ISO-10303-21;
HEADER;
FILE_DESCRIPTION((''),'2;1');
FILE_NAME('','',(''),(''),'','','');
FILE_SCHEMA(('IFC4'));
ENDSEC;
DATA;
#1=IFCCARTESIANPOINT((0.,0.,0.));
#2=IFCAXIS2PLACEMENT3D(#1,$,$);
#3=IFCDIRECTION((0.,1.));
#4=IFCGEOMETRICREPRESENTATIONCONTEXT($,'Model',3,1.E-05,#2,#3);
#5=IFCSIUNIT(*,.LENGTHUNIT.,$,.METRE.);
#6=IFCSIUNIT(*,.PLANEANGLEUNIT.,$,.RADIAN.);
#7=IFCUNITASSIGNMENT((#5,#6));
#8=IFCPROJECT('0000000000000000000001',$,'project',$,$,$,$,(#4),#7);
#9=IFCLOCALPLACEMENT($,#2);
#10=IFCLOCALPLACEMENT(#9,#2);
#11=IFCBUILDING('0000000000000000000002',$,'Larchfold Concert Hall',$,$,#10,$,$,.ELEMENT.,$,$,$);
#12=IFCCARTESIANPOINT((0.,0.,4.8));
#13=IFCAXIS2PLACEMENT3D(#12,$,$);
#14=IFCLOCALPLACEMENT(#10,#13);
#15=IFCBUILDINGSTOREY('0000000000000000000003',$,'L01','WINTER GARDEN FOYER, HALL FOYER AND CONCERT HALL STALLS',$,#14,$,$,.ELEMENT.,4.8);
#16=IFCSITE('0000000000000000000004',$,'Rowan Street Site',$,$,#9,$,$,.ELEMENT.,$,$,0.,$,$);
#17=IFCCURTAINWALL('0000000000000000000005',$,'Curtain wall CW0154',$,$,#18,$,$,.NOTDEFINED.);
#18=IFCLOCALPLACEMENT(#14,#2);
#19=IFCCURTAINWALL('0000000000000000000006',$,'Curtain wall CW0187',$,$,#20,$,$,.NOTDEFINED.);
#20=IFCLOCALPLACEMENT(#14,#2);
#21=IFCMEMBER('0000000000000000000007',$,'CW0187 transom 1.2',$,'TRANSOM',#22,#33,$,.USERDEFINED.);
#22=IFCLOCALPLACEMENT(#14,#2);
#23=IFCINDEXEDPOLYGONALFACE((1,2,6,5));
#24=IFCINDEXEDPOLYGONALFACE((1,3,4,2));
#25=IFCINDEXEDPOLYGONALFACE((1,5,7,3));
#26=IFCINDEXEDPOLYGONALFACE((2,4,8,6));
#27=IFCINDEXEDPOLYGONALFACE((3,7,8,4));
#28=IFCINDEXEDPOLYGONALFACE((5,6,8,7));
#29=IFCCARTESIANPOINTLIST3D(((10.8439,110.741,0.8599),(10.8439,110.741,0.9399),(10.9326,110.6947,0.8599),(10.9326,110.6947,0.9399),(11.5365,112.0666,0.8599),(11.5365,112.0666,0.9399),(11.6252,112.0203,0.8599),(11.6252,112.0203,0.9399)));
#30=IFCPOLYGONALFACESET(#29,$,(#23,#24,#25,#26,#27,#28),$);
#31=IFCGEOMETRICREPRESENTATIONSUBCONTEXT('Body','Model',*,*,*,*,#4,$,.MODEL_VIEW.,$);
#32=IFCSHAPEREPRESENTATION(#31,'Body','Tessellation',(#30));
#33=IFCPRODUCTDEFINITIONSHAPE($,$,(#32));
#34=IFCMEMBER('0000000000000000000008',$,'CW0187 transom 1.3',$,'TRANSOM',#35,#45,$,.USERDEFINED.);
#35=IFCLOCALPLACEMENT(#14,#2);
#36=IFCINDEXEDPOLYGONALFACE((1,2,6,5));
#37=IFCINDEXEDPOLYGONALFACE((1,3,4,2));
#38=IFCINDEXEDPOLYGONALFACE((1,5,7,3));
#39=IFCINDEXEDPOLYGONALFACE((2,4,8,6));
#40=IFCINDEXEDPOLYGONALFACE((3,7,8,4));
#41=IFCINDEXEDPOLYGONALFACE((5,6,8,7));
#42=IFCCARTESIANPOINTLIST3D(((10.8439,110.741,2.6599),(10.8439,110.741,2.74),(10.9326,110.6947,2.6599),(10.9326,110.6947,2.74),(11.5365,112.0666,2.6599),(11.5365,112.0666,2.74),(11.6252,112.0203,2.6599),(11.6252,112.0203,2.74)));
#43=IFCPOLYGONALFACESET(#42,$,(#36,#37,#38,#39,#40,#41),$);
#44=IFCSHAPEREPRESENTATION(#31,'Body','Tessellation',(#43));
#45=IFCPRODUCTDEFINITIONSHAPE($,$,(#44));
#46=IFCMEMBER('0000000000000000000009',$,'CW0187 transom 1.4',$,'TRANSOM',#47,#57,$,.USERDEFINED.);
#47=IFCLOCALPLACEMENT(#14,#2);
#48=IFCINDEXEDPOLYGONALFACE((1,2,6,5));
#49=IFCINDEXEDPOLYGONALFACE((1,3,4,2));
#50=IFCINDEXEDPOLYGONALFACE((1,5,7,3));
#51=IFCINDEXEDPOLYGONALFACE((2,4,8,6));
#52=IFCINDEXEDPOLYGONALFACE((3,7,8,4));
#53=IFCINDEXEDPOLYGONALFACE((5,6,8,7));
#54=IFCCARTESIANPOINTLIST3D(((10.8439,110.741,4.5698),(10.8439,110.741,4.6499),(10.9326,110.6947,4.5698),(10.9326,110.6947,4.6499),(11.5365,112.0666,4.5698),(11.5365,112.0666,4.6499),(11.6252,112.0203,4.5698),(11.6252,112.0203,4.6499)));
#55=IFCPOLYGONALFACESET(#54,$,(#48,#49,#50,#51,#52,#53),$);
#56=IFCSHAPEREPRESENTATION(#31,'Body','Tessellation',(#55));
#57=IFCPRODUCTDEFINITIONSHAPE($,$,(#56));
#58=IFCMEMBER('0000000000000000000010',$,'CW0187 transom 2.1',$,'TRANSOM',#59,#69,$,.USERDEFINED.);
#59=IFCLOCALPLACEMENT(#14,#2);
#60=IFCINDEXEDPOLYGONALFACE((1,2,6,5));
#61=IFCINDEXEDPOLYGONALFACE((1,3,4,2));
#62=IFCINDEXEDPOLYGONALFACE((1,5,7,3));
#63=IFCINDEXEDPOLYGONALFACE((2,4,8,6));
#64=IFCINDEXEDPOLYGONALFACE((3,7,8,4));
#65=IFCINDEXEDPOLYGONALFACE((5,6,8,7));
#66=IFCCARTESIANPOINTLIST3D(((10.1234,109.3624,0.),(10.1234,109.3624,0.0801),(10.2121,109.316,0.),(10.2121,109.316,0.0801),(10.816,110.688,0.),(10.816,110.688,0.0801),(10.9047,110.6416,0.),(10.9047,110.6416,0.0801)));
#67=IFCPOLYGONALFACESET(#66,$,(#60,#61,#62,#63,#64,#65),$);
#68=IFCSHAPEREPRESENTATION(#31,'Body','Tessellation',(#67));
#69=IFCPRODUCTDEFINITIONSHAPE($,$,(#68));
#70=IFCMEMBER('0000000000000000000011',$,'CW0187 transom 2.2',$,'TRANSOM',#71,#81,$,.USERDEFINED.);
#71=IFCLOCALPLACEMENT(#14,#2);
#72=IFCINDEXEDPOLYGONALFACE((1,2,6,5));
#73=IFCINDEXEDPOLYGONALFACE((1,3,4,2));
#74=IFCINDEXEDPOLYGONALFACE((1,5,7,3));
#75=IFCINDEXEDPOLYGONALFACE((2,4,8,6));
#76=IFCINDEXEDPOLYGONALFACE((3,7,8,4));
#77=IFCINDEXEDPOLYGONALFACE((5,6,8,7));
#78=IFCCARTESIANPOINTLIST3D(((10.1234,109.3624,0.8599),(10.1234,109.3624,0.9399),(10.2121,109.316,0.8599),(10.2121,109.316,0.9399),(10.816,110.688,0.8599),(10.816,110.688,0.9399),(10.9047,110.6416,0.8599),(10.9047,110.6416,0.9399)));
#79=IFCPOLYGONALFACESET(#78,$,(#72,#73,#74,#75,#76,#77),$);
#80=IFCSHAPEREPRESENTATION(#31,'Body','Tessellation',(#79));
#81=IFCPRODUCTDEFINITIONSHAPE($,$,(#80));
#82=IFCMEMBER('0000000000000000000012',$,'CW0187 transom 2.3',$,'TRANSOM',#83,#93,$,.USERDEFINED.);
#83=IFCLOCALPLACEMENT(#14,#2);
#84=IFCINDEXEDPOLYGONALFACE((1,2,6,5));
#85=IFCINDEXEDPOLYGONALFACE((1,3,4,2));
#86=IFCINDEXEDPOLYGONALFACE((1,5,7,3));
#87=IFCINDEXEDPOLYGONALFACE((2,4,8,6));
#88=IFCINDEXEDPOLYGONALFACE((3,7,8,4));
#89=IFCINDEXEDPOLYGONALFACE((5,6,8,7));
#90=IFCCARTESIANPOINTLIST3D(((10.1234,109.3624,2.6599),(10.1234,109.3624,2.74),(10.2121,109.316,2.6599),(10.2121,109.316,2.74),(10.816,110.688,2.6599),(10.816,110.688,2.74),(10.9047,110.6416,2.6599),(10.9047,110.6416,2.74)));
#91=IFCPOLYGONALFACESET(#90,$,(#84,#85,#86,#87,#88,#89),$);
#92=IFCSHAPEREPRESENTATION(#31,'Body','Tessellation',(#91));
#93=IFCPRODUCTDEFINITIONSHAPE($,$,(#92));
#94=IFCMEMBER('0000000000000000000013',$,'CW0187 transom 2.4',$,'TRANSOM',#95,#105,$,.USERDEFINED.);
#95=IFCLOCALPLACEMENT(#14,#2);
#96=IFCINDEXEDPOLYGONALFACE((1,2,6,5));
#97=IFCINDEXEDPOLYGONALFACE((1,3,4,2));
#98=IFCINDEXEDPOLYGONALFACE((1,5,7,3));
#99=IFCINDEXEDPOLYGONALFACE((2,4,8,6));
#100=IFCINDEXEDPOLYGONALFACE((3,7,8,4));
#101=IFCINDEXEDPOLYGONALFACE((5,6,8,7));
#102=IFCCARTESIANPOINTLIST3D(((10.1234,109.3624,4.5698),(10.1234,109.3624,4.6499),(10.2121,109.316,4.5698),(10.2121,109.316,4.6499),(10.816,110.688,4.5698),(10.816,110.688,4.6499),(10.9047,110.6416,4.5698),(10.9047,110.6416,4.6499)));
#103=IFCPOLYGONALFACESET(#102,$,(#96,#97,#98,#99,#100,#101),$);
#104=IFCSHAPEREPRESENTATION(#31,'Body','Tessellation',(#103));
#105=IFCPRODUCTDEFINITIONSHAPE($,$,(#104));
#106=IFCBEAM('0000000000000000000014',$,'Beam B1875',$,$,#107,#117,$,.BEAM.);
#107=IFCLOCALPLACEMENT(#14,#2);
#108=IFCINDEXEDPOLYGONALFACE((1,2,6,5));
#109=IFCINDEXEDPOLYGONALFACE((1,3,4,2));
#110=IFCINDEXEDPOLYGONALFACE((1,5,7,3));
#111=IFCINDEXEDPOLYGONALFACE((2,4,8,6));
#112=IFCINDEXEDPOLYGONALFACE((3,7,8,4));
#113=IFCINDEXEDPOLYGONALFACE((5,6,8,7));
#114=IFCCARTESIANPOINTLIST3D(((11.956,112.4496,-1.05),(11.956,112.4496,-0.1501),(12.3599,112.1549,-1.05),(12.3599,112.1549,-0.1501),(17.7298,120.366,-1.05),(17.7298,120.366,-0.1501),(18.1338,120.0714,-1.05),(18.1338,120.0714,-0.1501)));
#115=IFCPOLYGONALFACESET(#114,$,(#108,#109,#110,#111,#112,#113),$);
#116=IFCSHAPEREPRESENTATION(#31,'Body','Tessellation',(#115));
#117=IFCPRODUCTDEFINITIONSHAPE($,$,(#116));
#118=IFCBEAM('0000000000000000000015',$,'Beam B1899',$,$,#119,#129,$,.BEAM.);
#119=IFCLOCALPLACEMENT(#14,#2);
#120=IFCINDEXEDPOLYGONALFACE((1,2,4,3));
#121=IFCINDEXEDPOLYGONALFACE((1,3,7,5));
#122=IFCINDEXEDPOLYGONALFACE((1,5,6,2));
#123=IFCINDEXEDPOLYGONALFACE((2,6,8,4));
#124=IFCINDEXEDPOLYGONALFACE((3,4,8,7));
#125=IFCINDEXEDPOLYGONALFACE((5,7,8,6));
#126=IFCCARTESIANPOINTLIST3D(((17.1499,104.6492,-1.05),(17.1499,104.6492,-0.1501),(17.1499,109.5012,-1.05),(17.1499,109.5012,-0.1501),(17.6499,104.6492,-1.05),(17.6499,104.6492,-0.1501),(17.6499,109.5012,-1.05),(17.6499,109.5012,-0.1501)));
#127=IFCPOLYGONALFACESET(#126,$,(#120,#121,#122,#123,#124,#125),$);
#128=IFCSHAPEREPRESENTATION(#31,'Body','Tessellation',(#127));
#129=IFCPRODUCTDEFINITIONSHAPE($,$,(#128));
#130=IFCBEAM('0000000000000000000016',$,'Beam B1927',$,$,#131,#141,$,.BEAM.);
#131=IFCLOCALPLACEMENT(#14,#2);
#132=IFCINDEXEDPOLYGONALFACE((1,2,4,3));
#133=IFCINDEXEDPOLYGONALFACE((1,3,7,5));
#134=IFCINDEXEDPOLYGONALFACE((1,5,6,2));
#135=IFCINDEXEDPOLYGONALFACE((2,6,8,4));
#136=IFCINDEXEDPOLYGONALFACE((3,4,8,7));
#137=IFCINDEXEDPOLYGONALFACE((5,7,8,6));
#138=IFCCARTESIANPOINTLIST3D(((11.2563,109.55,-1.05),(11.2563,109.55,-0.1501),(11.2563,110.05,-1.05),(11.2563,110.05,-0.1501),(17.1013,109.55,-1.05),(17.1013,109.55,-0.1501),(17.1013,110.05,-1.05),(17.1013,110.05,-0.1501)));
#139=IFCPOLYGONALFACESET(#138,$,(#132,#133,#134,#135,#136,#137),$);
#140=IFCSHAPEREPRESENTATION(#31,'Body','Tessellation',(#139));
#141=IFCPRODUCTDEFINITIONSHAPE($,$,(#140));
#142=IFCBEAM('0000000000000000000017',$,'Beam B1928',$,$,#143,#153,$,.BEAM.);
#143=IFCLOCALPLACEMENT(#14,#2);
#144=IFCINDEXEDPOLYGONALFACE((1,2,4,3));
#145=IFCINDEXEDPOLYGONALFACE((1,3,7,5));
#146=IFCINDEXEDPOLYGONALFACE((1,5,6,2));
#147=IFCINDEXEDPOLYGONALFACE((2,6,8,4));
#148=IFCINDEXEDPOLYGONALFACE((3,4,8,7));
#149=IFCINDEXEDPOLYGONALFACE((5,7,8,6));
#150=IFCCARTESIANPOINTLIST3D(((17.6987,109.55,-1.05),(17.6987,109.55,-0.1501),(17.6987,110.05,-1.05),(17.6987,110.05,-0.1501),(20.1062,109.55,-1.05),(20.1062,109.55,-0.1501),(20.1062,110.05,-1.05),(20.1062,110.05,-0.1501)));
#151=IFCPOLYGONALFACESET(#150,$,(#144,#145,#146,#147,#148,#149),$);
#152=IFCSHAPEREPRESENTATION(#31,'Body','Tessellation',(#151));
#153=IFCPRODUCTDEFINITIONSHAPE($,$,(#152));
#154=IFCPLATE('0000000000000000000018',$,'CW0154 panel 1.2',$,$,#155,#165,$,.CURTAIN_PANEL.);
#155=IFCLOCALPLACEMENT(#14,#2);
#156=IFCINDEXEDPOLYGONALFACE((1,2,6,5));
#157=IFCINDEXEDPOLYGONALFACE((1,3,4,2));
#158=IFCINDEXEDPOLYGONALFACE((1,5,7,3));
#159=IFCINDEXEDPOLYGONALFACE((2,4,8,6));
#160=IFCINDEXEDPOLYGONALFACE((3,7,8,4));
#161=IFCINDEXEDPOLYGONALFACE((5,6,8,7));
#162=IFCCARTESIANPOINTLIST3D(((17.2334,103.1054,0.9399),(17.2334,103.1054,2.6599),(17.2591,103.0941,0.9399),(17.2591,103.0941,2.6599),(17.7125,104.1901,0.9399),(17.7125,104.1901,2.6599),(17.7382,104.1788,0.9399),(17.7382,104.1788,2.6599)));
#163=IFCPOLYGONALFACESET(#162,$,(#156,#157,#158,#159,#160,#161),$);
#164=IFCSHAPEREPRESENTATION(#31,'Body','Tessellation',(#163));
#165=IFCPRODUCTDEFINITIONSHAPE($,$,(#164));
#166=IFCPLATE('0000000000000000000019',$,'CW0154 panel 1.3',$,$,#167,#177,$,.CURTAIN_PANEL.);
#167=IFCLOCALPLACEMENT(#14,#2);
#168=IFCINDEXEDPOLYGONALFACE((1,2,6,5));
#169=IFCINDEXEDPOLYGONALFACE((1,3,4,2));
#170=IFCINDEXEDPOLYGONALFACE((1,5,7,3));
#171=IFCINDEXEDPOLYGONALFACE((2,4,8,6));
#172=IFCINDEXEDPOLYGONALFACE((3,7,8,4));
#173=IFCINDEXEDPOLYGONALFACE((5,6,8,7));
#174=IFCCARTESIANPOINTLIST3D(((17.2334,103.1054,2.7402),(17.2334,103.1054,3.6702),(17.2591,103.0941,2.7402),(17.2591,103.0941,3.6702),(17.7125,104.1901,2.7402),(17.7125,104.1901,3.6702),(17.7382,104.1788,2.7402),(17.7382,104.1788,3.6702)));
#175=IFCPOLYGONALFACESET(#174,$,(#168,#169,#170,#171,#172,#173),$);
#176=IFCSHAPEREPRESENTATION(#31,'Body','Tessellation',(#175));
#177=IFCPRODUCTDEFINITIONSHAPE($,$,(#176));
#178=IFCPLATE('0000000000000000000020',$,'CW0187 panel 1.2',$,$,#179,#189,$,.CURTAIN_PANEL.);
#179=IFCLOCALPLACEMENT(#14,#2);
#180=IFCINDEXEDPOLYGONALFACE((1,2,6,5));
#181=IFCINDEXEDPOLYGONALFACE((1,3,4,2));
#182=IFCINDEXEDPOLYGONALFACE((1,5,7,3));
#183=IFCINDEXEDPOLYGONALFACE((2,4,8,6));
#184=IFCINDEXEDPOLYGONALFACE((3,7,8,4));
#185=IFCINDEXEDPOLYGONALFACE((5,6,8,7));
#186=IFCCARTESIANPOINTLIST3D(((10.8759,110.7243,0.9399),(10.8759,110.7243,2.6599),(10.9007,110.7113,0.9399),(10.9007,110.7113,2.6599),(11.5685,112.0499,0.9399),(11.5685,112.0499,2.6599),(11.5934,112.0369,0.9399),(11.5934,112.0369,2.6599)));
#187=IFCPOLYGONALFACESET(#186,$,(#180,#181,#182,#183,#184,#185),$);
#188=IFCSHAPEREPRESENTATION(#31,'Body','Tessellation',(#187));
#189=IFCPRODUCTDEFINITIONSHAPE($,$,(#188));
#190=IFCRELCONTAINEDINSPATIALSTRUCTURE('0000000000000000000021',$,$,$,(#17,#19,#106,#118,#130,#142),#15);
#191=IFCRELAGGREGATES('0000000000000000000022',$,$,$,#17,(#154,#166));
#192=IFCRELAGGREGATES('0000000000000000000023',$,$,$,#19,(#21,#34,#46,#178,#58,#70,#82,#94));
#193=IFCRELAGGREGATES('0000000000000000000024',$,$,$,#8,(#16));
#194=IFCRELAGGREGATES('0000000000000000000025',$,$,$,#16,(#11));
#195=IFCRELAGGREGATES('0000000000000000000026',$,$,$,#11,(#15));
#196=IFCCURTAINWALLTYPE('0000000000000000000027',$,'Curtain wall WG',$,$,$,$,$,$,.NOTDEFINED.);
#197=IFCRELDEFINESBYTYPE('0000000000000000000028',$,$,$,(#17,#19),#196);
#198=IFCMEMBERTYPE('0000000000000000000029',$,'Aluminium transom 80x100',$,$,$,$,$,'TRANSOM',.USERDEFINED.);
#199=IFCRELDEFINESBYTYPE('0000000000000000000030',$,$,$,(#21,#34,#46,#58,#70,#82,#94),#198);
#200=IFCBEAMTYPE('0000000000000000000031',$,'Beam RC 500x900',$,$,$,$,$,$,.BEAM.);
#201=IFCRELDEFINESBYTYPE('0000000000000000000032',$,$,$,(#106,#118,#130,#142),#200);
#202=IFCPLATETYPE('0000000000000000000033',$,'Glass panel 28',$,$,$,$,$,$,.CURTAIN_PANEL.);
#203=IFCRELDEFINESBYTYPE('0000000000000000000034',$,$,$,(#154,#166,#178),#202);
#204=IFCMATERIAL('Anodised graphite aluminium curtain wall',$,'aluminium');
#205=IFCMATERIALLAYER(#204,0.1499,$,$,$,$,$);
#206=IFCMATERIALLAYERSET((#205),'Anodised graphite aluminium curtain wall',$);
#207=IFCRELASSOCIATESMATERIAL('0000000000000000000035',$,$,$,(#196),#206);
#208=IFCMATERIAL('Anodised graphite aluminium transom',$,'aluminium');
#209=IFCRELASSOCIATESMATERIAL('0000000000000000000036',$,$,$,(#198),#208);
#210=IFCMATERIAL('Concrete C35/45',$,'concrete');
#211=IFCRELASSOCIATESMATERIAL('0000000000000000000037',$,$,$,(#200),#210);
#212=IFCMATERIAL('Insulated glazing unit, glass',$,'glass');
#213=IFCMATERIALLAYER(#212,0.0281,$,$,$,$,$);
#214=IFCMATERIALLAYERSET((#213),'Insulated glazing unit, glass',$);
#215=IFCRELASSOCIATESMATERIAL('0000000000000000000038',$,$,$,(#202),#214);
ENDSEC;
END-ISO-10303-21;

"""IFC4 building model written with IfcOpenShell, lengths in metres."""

from ifc_helpers import new_model, si_unit, direction, frame, origin, origin_2d, place, context, subcontext, project, spatial, rectangle, extrude, material, layer, layer_set, material_profile, profile_set, type_object, element, aggregate, save


model = new_model("IFC4")

# Units and contexts
model_context = context("Model", 3, precision=1e-05, world=origin(), true_north=direction((0.0, 1.0)))
body_context = subcontext(model_context, "Body", "Model", "MODEL_VIEW")
ifc_project = project(units=[si_unit("LENGTHUNIT", "METRE"), si_unit("PLANEANGLEUNIT", "RADIAN")], contexts=[model_context])

# Site, building, storey
site_placement = place(None, origin())
site = spatial("IfcSite", under=ifc_project, at=site_placement, Name="Rowan Street Site", CompositionType="ELEMENT", RefElevation=0.0)
building_placement = place(site_placement, origin())
building = spatial("IfcBuilding", under=site, at=building_placement, Name="Larchfold Concert Hall", CompositionType="ELEMENT")
storey_placement = place(building_placement, frame((0.0, 0.0, 4.8)))
storey = spatial("IfcBuildingStorey", under=building, at=storey_placement, Name="L01", Description="WINTER GARDEN FOYER, HALL FOYER AND CONCERT HALL STALLS", CompositionType="ELEMENT", Elevation=4.8)

# Curtain wall
ifc_material_1 = material(Name="Anodised graphite aluminium curtain wall", Category="aluminium")
ifc_layer_1 = layer(ifc_material_1, 0.1499)
ifc_layer_set_1 = layer_set([ifc_layer_1], Name="Anodised graphite aluminium curtain wall")
curtain_wall_type = type_object("IfcCurtainWallType", Name="Curtain wall WG", PredefinedType="NOTDEFINED", material=ifc_layer_set_1)
curtain_wall_1_placement = place(storey_placement, origin())
curtain_wall_1 = element("IfcCurtainWall", 1, at=curtain_wall_1_placement, inside=storey, type_object=curtain_wall_type, Name="Curtain wall CW0154", PredefinedType="NOTDEFINED")

# Curtain wall
curtain_wall_2_placement = place(storey_placement, origin())
curtain_wall_2 = element("IfcCurtainWall", 2, at=curtain_wall_2_placement, inside=storey, type_object=curtain_wall_type, Name="Curtain wall CW0187", PredefinedType="NOTDEFINED")

# Members
ifc_material_2 = material(Name="Anodised graphite aluminium transom", Category="aluminium")
ifc_material_profile_1 = material_profile(ifc_material_2, rectangle(XDim=0.1001, YDim=0.0801, at=origin_2d()))
ifc_profile_set_1 = profile_set([ifc_material_profile_1], Name="Anodised graphite aluminium transom")
member_type_1 = type_object("IfcMemberType", Name="Aluminium transom 80x100", ElementType="TRANSOM", PredefinedType="USERDEFINED", material=ifc_profile_set_1)
member_1_placement = place(storey_placement, frame((11.5808, 112.0435, 0.8999), z_axis=(-0.463074, -0.88632, 0.0), x_axis=(0.88632, -0.463074, 0.0)))
member_1 = element("IfcMember", 3, at=member_1_placement, type_object=member_type_1, Name="CW0187 transom 1.2", ObjectType="TRANSOM", PredefinedType="USERDEFINED", context=body_context, shape_type="SweptSolid", body=[
    extrude(rectangle(XDim=0.1001, YDim=0.0801, at=origin_2d()), origin(), (0.0, 0.0, 1.0), 1.4956),
])
member_2_placement = place(storey_placement, frame((11.5808, 112.0435, 2.7), z_axis=(-0.463074, -0.88632, 0.0), x_axis=(0.88632, -0.463074, 0.0)))
member_2 = element("IfcMember", 4, at=member_2_placement, type_object=member_type_1, Name="CW0187 transom 1.3", ObjectType="TRANSOM", PredefinedType="USERDEFINED", context=body_context, shape_type="SweptSolid", body=[
    extrude(rectangle(XDim=0.1001, YDim=0.0801, at=origin_2d()), origin(), (0.0, 0.0, 1.0), 1.4956),
])
member_3_placement = place(storey_placement, frame((11.5808, 112.0435, 4.6099), z_axis=(-0.463074, -0.88632, 0.0), x_axis=(0.88632, -0.463074, 0.0)))
member_3 = element("IfcMember", 5, at=member_3_placement, type_object=member_type_1, Name="CW0187 transom 1.4", ObjectType="TRANSOM", PredefinedType="USERDEFINED", context=body_context, shape_type="SweptSolid", body=[
    extrude(rectangle(XDim=0.1001, YDim=0.0801, at=origin_2d()), origin(), (0.0, 0.0, 1.0), 1.4956),
])
member_4_placement = place(storey_placement, frame((10.8604, 110.6648, 0.04), z_axis=(-0.463074, -0.88632, 0.0), x_axis=(0.88632, -0.463074, 0.0)))
member_4 = element("IfcMember", 6, at=member_4_placement, type_object=member_type_1, Name="CW0187 transom 2.1", ObjectType="TRANSOM", PredefinedType="USERDEFINED", context=body_context, shape_type="SweptSolid", body=[
    extrude(rectangle(XDim=0.1001, YDim=0.0801, at=origin_2d()), origin(), (0.0, 0.0, 1.0), 1.4956),
])
member_5_placement = place(storey_placement, frame((10.8604, 110.6648, 0.8999), z_axis=(-0.463074, -0.88632, 0.0), x_axis=(0.88632, -0.463074, 0.0)))
member_5 = element("IfcMember", 7, at=member_5_placement, type_object=member_type_1, Name="CW0187 transom 2.2", ObjectType="TRANSOM", PredefinedType="USERDEFINED", context=body_context, shape_type="SweptSolid", body=[
    extrude(rectangle(XDim=0.1001, YDim=0.0801, at=origin_2d()), origin(), (0.0, 0.0, 1.0), 1.4956),
])
member_6_placement = place(storey_placement, frame((10.8604, 110.6648, 2.7), z_axis=(-0.463074, -0.88632, 0.0), x_axis=(0.88632, -0.463074, 0.0)))
member_6 = element("IfcMember", 8, at=member_6_placement, type_object=member_type_1, Name="CW0187 transom 2.3", ObjectType="TRANSOM", PredefinedType="USERDEFINED", context=body_context, shape_type="SweptSolid", body=[
    extrude(rectangle(XDim=0.1001, YDim=0.0801, at=origin_2d()), origin(), (0.0, 0.0, 1.0), 1.4956),
])
member_7_placement = place(storey_placement, frame((10.8604, 110.6648, 4.6099), z_axis=(-0.463074, -0.88632, 0.0), x_axis=(0.88632, -0.463074, 0.0)))
member_7 = element("IfcMember", 9, at=member_7_placement, type_object=member_type_1, Name="CW0187 transom 2.4", ObjectType="TRANSOM", PredefinedType="USERDEFINED", context=body_context, shape_type="SweptSolid", body=[
    extrude(rectangle(XDim=0.1001, YDim=0.0801, at=origin_2d()), origin(), (0.0, 0.0, 1.0), 1.4956),
])

# Beams
ifc_material_3 = material(Name="Concrete C35/45", Category="concrete")
ifc_material_profile_2 = material_profile(ifc_material_3, rectangle(XDim=0.5, YDim=0.8999, at=origin_2d()))
ifc_profile_set_2 = profile_set([ifc_material_profile_2], Name="Concrete C35/45")
beam_type = type_object("IfcBeamType", Name="Beam RC 500x900", PredefinedType="BEAM", material=ifc_profile_set_2)
beam_1_placement = place(storey_placement, frame((12.158, 112.3022, -0.6001), z_axis=(0.58927, 0.807936, 0.0), x_axis=(-0.807936, 0.58927, 0.0)))
element("IfcBeam", 10, at=beam_1_placement, inside=storey, type_object=beam_type, Name="Beam B1875", PredefinedType="BEAM", context=body_context, shape_type="SweptSolid", body=[
    extrude(rectangle(XDim=0.5, YDim=0.8999, at=origin_2d()), origin(), (0.0, 0.0, 1.0), 9.7983),
])
beam_2_placement = place(storey_placement, frame((17.3999, 104.6492, -0.6001), z_axis=(0.0, 1.0, 0.0), x_axis=(-1.0, 0.0, 0.0)))
element("IfcBeam", 11, at=beam_2_placement, inside=storey, type_object=beam_type, Name="Beam B1899", PredefinedType="BEAM", context=body_context, shape_type="SweptSolid", body=[
    extrude(rectangle(XDim=0.5, YDim=0.8999, at=origin_2d()), origin(), (0.0, 0.0, 1.0), 4.8521),
])
beam_3_placement = place(storey_placement, frame((11.2563, 109.8, -0.6001), z_axis=(1.0, 0.0, 0.0), x_axis=(0.0, 1.0, 0.0)))
element("IfcBeam", 12, at=beam_3_placement, inside=storey, type_object=beam_type, Name="Beam B1927", PredefinedType="BEAM", context=body_context, shape_type="SweptSolid", body=[
    extrude(rectangle(XDim=0.5, YDim=0.8999, at=origin_2d()), origin(), (0.0, 0.0, 1.0), 5.845),
])
beam_4_placement = place(storey_placement, frame((17.6987, 109.8, -0.6001), z_axis=(1.0, 0.0, 0.0), x_axis=(0.0, 1.0, 0.0)))
element("IfcBeam", 13, at=beam_4_placement, inside=storey, type_object=beam_type, Name="Beam B1928", PredefinedType="BEAM", context=body_context, shape_type="SweptSolid", body=[
    extrude(rectangle(XDim=0.5, YDim=0.8999, at=origin_2d()), origin(), (0.0, 0.0, 1.0), 2.4075),
])

# Plates
ifc_material_4 = material(Name="Insulated glazing unit, glass", Category="glass")
ifc_layer_2 = layer(ifc_material_4, 0.0281)
ifc_layer_set_2 = layer_set([ifc_layer_2], Name="Insulated glazing unit, glass")
plate_type_1 = type_object("IfcPlateType", Name="Glass panel 28", PredefinedType="CURTAIN_PANEL", material=ifc_layer_set_2)
plate_1_placement = place(storey_placement, frame((17.4858, 103.6421, 0.9399), z_axis=(0.0, 0.0, 1.0), x_axis=(0.404034, 0.914744, 0.0)))
plate_1 = element("IfcPlate", 14, at=plate_1_placement, type_object=plate_type_1, Name="CW0154 panel 1.2", PredefinedType="CURTAIN_PANEL", context=body_context, shape_type="SweptSolid", body=[
    extrude(rectangle(XDim=1.1858, YDim=0.0281, at=origin_2d()), origin(), (0.0, 0.0, 1.0), 1.72),
])
plate_2_placement = place(storey_placement, frame((17.4858, 103.6421, 2.7402), z_axis=(0.0, 0.0, 1.0), x_axis=(0.404034, 0.914744, 0.0)))
plate_2 = element("IfcPlate", 15, at=plate_2_placement, type_object=plate_type_1, Name="CW0154 panel 1.3", PredefinedType="CURTAIN_PANEL", context=body_context, shape_type="SweptSolid", body=[
    extrude(rectangle(XDim=1.1858, YDim=0.0281, at=origin_2d()), origin(), (0.0, 0.0, 1.0), 0.9299),
])
plate_3_placement = place(storey_placement, frame((11.2346, 111.3806, 0.9399), z_axis=(0.0, 0.0, 1.0), x_axis=(-0.463124, -0.886294, 0.0)))
plate_3 = element("IfcPlate", 16, at=plate_3_placement, type_object=plate_type_1, Name="CW0187 panel 1.2", PredefinedType="CURTAIN_PANEL", context=body_context, shape_type="SweptSolid", body=[
    extrude(rectangle(XDim=1.4956, YDim=0.0281, at=origin_2d()), origin(), (0.0, 0.0, 1.0), 1.72),
])
aggregate(curtain_wall_1, [plate_1, plate_2])
aggregate(curtain_wall_2, [member_1, member_2, member_3, plate_3, member_4, member_5, member_6, member_7])

save(model, "model.ifc")
